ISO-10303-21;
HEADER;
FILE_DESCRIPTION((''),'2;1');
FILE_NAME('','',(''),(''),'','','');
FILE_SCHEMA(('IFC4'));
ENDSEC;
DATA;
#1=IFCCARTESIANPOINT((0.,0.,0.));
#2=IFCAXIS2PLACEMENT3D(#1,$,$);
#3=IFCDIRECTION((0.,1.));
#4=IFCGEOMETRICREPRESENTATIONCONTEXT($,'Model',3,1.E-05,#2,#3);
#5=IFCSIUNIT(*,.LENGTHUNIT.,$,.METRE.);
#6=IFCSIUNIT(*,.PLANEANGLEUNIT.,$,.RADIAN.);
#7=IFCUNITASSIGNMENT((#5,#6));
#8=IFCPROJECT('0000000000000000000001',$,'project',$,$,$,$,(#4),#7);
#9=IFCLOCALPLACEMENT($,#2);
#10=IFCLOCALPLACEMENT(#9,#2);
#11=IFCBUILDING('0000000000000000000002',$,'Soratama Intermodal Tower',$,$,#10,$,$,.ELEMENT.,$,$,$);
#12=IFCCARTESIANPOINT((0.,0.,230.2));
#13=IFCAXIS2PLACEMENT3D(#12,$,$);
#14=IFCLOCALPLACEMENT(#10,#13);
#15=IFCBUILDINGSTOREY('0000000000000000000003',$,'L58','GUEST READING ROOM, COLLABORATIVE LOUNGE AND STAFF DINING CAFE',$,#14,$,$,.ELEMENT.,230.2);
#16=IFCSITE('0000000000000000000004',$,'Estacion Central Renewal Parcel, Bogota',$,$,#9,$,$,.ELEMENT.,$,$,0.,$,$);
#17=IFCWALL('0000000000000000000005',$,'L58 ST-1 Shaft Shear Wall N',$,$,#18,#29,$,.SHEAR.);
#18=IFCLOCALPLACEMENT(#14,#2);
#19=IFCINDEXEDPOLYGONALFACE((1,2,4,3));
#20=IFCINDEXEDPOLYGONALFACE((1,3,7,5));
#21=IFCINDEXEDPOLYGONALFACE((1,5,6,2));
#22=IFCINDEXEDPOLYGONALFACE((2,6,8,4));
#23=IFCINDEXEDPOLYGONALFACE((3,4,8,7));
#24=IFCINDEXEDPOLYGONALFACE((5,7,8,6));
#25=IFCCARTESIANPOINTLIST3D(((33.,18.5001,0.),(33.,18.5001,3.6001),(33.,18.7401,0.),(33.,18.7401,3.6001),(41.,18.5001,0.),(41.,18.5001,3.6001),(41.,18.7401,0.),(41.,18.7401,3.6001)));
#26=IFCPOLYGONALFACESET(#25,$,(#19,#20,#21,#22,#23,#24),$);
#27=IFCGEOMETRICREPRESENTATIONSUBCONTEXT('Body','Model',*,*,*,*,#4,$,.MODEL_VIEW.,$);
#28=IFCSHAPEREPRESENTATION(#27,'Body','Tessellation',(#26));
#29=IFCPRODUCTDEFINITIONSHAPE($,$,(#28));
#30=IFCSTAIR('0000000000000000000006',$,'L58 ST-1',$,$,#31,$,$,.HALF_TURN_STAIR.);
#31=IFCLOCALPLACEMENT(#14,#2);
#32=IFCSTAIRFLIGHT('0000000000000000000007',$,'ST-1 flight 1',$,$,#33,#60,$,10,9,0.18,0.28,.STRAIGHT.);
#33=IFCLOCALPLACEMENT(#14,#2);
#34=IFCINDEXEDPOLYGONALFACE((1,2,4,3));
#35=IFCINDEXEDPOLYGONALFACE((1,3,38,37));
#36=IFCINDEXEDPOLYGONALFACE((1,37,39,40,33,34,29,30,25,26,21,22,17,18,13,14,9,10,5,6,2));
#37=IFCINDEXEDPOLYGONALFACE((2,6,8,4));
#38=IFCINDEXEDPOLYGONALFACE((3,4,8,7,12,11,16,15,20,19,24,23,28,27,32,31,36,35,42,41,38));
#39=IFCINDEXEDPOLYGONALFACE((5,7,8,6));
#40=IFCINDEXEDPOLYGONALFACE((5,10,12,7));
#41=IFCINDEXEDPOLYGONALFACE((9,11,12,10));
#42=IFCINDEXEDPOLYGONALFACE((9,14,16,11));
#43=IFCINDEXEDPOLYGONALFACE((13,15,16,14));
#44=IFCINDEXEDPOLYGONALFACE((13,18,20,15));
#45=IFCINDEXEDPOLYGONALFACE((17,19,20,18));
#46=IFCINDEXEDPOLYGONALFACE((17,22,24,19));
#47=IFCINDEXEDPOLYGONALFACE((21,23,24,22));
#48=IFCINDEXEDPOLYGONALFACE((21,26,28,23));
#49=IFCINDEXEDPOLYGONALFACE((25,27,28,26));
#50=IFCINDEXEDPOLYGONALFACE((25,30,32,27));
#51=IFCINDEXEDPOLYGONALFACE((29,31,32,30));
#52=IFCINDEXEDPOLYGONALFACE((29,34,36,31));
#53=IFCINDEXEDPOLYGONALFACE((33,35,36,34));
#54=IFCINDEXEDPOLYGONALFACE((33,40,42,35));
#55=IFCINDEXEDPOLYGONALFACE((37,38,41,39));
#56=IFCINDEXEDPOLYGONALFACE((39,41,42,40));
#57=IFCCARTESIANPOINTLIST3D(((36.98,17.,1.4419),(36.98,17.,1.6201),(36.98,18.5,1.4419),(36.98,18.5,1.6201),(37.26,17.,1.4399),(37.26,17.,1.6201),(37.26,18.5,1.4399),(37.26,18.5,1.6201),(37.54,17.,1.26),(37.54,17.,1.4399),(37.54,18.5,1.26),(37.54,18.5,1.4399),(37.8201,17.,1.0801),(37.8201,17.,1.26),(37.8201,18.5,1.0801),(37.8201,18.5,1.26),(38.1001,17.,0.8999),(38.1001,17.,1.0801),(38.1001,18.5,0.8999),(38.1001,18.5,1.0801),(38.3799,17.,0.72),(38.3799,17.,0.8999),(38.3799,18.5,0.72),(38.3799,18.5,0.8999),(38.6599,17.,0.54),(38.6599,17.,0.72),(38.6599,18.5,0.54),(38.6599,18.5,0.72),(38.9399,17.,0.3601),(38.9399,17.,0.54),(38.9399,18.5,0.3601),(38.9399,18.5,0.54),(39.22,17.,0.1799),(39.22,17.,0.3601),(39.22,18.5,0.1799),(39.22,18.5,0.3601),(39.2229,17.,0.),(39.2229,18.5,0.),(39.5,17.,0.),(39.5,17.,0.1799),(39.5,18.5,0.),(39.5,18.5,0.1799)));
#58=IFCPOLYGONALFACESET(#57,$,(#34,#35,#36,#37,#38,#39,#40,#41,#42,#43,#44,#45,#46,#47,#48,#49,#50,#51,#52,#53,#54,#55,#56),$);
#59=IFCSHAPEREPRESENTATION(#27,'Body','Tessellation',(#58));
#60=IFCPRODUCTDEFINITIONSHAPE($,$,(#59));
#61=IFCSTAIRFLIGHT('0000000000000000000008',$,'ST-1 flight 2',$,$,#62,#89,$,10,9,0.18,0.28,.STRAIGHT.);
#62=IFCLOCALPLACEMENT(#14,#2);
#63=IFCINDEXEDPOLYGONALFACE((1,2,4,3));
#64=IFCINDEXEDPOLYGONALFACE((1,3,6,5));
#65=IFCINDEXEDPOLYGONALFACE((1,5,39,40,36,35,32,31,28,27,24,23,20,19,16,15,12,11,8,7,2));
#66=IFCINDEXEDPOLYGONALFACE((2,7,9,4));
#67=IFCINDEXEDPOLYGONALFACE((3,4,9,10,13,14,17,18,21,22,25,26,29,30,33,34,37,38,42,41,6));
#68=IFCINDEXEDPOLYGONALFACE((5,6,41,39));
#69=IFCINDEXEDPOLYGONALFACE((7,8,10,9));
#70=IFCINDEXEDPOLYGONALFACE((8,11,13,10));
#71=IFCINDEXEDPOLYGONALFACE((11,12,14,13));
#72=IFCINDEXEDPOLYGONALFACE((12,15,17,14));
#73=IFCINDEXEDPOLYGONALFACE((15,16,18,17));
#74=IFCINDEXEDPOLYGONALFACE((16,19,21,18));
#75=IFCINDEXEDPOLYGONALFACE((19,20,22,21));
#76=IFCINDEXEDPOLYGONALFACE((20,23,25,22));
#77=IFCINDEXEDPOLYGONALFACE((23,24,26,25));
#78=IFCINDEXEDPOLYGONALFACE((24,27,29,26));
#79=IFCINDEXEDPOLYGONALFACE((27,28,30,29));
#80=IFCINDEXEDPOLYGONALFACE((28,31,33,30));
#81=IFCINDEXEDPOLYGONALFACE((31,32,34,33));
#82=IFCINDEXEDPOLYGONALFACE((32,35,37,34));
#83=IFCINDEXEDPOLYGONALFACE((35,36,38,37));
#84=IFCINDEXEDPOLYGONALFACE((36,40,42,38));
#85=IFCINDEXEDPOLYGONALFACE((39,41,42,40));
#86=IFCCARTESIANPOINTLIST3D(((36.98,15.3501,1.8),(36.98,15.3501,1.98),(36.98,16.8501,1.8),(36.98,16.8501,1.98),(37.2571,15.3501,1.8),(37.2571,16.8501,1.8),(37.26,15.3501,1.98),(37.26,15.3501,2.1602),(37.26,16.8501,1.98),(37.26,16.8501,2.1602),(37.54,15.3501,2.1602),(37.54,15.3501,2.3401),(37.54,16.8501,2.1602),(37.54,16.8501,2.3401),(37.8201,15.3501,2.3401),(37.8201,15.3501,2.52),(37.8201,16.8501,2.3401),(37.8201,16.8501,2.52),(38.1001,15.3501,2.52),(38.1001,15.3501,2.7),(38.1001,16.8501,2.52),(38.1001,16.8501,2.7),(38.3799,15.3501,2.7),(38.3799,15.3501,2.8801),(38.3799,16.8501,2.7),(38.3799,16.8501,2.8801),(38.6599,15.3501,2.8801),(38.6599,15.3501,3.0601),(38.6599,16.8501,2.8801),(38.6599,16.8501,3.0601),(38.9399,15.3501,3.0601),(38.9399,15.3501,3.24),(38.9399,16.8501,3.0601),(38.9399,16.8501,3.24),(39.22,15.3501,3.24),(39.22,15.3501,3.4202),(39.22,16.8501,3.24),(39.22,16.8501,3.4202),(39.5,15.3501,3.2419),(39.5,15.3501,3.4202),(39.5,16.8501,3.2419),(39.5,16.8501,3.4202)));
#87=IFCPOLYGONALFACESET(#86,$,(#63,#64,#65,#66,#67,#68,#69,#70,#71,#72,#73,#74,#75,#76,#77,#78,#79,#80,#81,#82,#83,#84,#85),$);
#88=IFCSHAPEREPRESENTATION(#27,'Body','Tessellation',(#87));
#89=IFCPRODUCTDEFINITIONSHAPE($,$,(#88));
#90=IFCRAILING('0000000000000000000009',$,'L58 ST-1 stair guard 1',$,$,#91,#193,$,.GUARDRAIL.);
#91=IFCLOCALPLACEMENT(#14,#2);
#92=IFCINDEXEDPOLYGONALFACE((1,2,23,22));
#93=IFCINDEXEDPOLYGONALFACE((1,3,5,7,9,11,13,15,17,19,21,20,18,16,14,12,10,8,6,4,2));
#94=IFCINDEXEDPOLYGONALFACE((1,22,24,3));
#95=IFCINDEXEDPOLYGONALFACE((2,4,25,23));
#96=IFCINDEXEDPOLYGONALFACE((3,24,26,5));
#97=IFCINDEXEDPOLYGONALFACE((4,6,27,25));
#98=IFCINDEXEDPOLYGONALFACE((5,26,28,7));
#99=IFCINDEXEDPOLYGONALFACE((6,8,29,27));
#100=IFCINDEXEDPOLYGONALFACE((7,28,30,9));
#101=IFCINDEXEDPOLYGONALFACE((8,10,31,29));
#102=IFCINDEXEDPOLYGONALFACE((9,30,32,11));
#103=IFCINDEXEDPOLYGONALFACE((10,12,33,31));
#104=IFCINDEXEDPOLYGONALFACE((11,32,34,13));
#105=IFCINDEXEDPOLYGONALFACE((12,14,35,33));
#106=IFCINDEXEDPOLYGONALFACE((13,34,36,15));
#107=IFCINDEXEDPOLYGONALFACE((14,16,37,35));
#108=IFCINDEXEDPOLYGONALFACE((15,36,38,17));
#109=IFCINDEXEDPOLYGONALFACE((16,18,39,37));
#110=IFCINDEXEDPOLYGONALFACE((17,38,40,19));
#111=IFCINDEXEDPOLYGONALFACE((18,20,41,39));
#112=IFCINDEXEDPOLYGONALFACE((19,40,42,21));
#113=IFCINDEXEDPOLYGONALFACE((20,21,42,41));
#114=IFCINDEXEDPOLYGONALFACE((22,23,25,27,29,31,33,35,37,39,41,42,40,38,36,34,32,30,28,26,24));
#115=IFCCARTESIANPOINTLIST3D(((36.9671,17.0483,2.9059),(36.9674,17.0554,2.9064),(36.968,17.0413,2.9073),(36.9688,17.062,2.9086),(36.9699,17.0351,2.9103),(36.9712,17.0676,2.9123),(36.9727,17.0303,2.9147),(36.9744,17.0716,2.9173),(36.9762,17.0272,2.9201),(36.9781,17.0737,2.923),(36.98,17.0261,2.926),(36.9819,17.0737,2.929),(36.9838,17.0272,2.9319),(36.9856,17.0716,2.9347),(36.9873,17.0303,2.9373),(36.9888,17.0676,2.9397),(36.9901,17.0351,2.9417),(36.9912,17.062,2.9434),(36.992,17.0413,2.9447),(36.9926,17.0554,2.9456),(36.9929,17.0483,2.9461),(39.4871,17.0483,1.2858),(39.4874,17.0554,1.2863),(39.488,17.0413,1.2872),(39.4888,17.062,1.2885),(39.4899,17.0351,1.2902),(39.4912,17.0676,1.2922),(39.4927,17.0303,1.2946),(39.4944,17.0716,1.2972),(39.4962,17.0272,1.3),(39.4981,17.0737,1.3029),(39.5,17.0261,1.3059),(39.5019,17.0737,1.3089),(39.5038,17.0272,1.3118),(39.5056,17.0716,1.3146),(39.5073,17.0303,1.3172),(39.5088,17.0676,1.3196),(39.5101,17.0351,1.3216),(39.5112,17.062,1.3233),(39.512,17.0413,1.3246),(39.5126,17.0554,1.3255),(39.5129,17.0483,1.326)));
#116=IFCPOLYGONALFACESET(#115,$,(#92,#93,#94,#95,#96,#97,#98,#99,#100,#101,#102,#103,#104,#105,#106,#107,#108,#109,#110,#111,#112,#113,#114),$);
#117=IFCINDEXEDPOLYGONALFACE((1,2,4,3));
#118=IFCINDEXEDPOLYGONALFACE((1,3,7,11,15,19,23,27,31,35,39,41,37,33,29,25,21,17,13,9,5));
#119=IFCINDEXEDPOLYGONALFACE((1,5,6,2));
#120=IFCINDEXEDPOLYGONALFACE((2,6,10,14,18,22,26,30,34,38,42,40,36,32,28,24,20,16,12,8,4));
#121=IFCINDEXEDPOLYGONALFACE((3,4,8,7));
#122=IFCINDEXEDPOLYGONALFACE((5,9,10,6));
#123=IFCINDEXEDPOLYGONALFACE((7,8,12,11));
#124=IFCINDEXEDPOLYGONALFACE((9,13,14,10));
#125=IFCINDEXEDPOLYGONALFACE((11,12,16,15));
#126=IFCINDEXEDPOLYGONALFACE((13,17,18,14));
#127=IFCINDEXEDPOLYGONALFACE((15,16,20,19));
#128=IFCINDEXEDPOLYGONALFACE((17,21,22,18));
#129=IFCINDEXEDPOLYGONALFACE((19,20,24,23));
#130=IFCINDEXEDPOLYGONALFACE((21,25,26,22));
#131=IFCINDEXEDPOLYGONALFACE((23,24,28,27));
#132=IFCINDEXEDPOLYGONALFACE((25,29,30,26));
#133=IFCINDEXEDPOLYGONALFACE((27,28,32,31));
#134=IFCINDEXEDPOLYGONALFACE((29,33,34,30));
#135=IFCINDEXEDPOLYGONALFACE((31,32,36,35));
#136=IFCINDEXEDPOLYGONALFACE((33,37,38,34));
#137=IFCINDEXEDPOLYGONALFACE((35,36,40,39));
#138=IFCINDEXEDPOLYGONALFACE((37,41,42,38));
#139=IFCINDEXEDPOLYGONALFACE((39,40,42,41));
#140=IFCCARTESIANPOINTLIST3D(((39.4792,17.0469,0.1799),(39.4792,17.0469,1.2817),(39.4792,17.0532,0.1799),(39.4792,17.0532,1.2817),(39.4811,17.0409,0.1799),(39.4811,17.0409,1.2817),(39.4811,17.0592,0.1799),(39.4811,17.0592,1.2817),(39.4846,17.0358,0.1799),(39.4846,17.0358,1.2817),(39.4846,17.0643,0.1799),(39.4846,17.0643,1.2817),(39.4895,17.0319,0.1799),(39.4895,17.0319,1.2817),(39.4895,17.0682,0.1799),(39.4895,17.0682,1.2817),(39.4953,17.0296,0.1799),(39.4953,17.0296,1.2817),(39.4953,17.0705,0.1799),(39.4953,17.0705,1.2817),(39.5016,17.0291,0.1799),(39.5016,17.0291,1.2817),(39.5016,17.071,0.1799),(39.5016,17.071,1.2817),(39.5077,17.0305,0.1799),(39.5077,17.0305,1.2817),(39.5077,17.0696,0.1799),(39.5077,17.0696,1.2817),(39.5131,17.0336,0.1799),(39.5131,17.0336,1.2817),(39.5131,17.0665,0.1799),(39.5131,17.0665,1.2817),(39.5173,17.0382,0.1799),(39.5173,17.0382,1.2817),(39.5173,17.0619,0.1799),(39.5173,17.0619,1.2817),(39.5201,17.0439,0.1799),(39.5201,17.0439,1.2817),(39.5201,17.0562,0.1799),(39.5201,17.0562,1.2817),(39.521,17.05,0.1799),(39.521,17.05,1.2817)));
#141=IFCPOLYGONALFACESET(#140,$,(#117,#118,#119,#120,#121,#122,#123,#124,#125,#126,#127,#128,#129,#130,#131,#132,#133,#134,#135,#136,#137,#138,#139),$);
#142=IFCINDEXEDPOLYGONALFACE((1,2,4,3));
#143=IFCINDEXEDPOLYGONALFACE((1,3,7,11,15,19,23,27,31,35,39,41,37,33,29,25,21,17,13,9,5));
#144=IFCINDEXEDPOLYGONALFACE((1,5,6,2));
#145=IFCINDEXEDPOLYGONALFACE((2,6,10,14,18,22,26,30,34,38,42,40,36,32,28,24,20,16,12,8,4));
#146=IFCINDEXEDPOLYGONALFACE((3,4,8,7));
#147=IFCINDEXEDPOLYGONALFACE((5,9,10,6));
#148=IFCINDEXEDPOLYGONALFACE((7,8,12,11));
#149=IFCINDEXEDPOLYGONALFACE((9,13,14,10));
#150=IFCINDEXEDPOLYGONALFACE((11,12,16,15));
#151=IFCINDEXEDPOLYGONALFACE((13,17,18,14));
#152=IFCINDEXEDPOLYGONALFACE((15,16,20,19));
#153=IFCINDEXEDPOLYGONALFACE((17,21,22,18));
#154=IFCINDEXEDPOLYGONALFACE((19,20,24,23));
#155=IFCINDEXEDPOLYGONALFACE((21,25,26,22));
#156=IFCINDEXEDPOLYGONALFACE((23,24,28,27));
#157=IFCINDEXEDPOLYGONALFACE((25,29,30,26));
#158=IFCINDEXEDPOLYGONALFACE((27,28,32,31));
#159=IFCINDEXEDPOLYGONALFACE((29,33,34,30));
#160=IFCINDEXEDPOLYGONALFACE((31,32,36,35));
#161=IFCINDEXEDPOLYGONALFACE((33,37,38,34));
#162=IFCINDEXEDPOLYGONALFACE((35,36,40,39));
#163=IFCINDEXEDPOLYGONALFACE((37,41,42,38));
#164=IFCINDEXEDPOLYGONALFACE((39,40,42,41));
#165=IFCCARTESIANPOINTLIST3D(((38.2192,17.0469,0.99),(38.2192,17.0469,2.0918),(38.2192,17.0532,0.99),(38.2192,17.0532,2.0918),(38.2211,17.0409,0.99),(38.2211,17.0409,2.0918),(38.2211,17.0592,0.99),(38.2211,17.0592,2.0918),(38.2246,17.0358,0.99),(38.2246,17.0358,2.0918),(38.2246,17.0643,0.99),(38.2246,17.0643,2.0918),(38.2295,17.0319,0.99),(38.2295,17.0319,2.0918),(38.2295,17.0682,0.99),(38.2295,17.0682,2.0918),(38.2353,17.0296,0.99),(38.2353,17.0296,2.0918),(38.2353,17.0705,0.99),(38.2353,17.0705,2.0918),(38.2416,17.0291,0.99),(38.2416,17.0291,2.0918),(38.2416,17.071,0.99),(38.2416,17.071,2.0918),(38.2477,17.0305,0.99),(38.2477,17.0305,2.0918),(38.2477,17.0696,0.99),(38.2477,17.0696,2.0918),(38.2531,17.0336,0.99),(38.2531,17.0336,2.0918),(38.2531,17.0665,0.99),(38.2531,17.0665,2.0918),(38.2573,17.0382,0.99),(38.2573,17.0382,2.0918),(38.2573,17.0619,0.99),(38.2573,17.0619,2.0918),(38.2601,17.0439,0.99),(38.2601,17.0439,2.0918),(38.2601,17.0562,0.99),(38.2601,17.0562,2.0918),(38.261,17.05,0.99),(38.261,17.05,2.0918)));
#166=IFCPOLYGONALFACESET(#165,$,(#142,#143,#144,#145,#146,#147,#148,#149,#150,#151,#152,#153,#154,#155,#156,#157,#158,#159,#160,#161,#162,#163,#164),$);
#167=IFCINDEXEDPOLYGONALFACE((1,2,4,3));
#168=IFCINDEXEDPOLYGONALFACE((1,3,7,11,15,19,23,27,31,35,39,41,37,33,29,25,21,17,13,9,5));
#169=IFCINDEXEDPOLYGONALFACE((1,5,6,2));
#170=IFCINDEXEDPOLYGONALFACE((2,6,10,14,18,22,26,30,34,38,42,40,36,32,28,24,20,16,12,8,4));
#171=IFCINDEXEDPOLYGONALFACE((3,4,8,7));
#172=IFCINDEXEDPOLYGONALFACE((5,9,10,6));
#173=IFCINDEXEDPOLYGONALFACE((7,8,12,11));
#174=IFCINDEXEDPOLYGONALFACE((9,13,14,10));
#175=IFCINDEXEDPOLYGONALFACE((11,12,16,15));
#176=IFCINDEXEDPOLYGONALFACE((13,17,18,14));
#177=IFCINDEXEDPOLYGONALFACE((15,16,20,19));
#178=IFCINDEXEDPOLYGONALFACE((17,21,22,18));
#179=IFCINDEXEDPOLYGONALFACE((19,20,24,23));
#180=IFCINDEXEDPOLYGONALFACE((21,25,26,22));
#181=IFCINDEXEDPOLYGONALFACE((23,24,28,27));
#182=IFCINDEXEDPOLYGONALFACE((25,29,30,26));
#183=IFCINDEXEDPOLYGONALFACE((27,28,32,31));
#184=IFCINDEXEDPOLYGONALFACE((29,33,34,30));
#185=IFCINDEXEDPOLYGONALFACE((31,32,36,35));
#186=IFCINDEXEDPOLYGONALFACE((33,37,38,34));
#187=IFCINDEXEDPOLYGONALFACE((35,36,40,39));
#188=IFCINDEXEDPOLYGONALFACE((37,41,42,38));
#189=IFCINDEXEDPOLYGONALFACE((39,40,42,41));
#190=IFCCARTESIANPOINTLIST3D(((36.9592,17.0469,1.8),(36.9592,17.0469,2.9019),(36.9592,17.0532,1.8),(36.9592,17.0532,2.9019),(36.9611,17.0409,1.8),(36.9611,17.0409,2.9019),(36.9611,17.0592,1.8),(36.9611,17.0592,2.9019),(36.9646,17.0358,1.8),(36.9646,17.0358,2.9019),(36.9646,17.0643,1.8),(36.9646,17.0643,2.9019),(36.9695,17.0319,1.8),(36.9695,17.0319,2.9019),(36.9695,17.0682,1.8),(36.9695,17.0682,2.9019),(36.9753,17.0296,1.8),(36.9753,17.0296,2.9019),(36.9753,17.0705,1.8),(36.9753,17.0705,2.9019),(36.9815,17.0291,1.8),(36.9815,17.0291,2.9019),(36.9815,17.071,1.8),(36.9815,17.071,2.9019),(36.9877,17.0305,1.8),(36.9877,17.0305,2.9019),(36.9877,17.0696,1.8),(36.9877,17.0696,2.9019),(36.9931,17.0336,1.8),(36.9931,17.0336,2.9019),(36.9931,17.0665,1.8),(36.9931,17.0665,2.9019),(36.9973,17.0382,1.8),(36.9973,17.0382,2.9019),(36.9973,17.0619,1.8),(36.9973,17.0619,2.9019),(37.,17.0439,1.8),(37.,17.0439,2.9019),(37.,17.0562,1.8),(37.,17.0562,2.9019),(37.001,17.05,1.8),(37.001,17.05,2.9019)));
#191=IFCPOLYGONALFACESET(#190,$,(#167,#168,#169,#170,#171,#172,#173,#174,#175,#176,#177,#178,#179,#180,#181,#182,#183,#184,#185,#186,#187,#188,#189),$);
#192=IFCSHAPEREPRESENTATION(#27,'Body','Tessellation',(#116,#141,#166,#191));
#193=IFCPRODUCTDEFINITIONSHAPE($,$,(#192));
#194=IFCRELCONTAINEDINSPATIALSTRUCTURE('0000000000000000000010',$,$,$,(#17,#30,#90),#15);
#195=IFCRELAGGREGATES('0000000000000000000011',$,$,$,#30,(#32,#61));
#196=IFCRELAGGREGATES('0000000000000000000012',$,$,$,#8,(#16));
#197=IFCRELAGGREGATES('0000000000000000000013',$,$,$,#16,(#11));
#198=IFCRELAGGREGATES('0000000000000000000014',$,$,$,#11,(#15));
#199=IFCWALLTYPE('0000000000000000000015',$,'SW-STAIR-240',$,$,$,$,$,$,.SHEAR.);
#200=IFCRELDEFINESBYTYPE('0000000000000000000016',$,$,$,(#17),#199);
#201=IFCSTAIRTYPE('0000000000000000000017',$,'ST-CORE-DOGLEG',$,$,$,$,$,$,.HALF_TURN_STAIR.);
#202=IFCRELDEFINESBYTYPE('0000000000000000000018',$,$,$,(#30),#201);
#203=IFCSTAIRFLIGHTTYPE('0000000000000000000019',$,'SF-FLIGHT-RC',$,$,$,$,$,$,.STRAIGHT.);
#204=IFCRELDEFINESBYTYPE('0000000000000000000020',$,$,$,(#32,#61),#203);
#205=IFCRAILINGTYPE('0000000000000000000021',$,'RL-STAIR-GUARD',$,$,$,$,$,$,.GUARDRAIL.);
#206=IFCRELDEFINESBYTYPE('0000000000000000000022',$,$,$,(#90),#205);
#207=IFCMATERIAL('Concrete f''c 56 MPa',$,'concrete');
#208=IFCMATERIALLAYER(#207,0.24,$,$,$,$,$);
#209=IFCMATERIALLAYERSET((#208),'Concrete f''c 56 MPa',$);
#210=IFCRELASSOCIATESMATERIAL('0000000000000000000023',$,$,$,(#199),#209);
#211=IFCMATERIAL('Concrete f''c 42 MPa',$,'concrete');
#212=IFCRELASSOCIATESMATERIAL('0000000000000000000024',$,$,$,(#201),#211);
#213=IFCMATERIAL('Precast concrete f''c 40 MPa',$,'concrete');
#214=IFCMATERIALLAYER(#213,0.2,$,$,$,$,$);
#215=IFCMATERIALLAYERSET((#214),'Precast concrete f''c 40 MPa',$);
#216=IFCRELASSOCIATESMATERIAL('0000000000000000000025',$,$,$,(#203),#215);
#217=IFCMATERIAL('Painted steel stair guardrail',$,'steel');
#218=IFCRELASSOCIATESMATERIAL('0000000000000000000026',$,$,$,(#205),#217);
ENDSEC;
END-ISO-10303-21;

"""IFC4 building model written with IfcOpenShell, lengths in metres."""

from ifc_helpers import new_model, si_unit, direction, frame, frame_2d, origin, origin_2d, place, context, subcontext, project, spatial, polyline, rectangle, circle, outline, extrude, material, layer, layer_set, type_object, element, aggregate, save


model = new_model("IFC4")

# Units and contexts
model_context = context("Model", 3, precision=1e-05, world=origin(), true_north=direction((0.0, 1.0)))
body_context = subcontext(model_context, "Body", "Model", "MODEL_VIEW")
ifc_project = project(units=[si_unit("LENGTHUNIT", "METRE"), si_unit("PLANEANGLEUNIT", "RADIAN")], contexts=[model_context])

# Site, building, storey
site_placement = place(None, origin())
site = spatial("IfcSite", under=ifc_project, at=site_placement, Name="Estacion Central Renewal Parcel, Bogota", CompositionType="ELEMENT", RefElevation=0.0)
building_placement = place(site_placement, origin())
building = spatial("IfcBuilding", under=site, at=building_placement, Name="Soratama Intermodal Tower", CompositionType="ELEMENT")
storey_placement = place(building_placement, frame((0.0, 0.0, 230.2)))
storey = spatial("IfcBuildingStorey", under=building, at=storey_placement, Name="L58", Description="GUEST READING ROOM, COLLABORATIVE LOUNGE AND STAFF DINING CAFE", CompositionType="ELEMENT", Elevation=230.2)

# Wall
ifc_material_1 = material(Name="Concrete f'c 56 MPa", Category="concrete")
ifc_layer_1 = layer(ifc_material_1, 0.24)
ifc_layer_set_1 = layer_set([ifc_layer_1], Name="Concrete f'c 56 MPa")
wall_type_1 = type_object("IfcWallType", Name="SW-STAIR-240", PredefinedType="SHEAR", material=ifc_layer_set_1)
wall_1_placement = place(storey_placement, frame((33.0, 18.6201, 0.0), z_axis=(0.0, 0.0, 1.0), x_axis=(1.0, 0.0, 0.0)))
element("IfcWall", 1, at=wall_1_placement, inside=storey, type_object=wall_type_1, Name="L58 ST-1 Shaft Shear Wall N", PredefinedType="SHEAR", context=body_context, shape_type="SweptSolid", body=[
    extrude(rectangle(XDim=8.0, YDim=0.24, at=frame_2d((4.0, 0.0))), origin(), (0.0, 0.0, 1.0), 3.6001),
])

# Stair, stair flights
ifc_material_2 = material(Name="Concrete f'c 42 MPa", Category="concrete")
stair_type = type_object("IfcStairType", Name="ST-CORE-DOGLEG", PredefinedType="HALF_TURN_STAIR", material=ifc_material_2)
stair_placement = place(storey_placement, origin())
stair = element("IfcStair", 2, at=stair_placement, inside=storey, type_object=stair_type, Name="L58 ST-1", PredefinedType="HALF_TURN_STAIR")
ifc_material_3 = material(Name="Precast concrete f'c 40 MPa", Category="concrete")
ifc_layer_2 = layer(ifc_material_3, 0.2)
ifc_layer_set_2 = layer_set([ifc_layer_2], Name="Precast concrete f'c 40 MPa")
stair_flight_type = type_object("IfcStairFlightType", Name="SF-FLIGHT-RC", PredefinedType="STRAIGHT", material=ifc_layer_set_2)
stair_flight_1_placement = place(storey_placement, frame((39.5, 17.75, 0.0), z_axis=(0.0, 0.0, 1.0), x_axis=(-1.0, 0.0, 0.0)))
stair_flight_1 = element("IfcStairFlight", 3, at=stair_flight_1_placement, type_object=stair_flight_type, Name="ST-1 flight 1", NumberOfRisers=10, NumberOfTreads=9, PredefinedType="STRAIGHT", RiserHeight=0.18, TreadLength=0.28, context=body_context, shape_type="SweptSolid", body=[
    extrude(outline(polyline([(0.0, 0.0), (0.0, 0.1799), (0.28, 0.1799), (0.28, 0.3601), (0.5601, 0.3601), (0.5601, 0.54), (0.8401, 0.54), (0.8401, 0.72), (1.1201, 0.72), (1.1201, 0.8999), (1.3999, 0.8999), (1.3999, 1.0801), (1.6799, 1.0801), (1.6799, 1.26), (1.96, 1.26), (1.96, 1.4399), (2.24, 1.4399), (2.24, 1.6201), (2.52, 1.6201), (2.52, 1.8), (2.52, 1.4419), (0.2771, 0.0), (0.0, 0.0)])), frame((0.0, 0.75, 0.0), z_axis=(0.0, -1.0, 0.0), x_axis=(1.0, 0.0, 0.0)), (0.0, 0.0, 1.0), 1.5),
])
stair_flight_2_placement = place(storey_placement, frame((36.98, 16.1001, 1.8), z_axis=(0.0, 0.0, 1.0), x_axis=(1.0, 0.0, 0.0)))
stair_flight_2 = element("IfcStairFlight", 4, at=stair_flight_2_placement, type_object=stair_flight_type, Name="ST-1 flight 2", NumberOfRisers=10, NumberOfTreads=9, PredefinedType="STRAIGHT", RiserHeight=0.18, TreadLength=0.28, context=body_context, shape_type="SweptSolid", body=[
    extrude(outline(polyline([(0.0, 0.0), (0.0, 0.1799), (0.28, 0.1799), (0.28, 0.3601), (0.5601, 0.3601), (0.5601, 0.54), (0.8401, 0.54), (0.8401, 0.72), (1.1201, 0.72), (1.1201, 0.8999), (1.3999, 0.8999), (1.3999, 1.0801), (1.6799, 1.0801), (1.6799, 1.26), (1.96, 1.26), (1.96, 1.4399), (2.24, 1.4399), (2.24, 1.6201), (2.52, 1.6201), (2.52, 1.8), (2.52, 1.4419), (0.2771, 0.0), (0.0, 0.0)])), frame((0.0, 0.75, 0.0), z_axis=(0.0, -1.0, 0.0), x_axis=(1.0, 0.0, 0.0)), (0.0, 0.0, 1.0), 1.5),
])
aggregate(stair, [stair_flight_1, stair_flight_2])

# Railing
ifc_material_4 = material(Name="Painted steel stair guardrail", Category="steel")
railing_type_1 = type_object("IfcRailingType", Name="RL-STAIR-GUARD", PredefinedType="GUARDRAIL", material=ifc_material_4)
railing_1_placement = place(storey_placement, frame((39.5, 17.05, 0.1799)))
element("IfcRailing", 5, at=railing_1_placement, inside=storey, type_object=railing_type_1, Name="L58 ST-1 stair guard 1", PredefinedType="GUARDRAIL", context=body_context, shape_type="SweptSolid", body=[
    extrude(circle(Radius=0.0239, at=origin_2d()), frame((0.0, 0.0, 1.126), z_axis=(-0.841163, 0.0, 0.540782), x_axis=(0.0, -1.0, 0.0)), (0.0, 0.0, 1.0), 2.9958),
    extrude(circle(Radius=0.021, at=origin_2d()), origin(), (0.0, 0.0, 1.0), 1.1018),
    extrude(circle(Radius=0.021, at=origin_2d()), frame((-1.26, 0.0, 0.8101)), (0.0, 0.0, 1.0), 1.1018),
    extrude(circle(Radius=0.021, at=origin_2d()), frame((-2.52, 0.0, 1.6201)), (0.0, 0.0, 1.0), 1.1018),
])

save(model, "model.ifc")
